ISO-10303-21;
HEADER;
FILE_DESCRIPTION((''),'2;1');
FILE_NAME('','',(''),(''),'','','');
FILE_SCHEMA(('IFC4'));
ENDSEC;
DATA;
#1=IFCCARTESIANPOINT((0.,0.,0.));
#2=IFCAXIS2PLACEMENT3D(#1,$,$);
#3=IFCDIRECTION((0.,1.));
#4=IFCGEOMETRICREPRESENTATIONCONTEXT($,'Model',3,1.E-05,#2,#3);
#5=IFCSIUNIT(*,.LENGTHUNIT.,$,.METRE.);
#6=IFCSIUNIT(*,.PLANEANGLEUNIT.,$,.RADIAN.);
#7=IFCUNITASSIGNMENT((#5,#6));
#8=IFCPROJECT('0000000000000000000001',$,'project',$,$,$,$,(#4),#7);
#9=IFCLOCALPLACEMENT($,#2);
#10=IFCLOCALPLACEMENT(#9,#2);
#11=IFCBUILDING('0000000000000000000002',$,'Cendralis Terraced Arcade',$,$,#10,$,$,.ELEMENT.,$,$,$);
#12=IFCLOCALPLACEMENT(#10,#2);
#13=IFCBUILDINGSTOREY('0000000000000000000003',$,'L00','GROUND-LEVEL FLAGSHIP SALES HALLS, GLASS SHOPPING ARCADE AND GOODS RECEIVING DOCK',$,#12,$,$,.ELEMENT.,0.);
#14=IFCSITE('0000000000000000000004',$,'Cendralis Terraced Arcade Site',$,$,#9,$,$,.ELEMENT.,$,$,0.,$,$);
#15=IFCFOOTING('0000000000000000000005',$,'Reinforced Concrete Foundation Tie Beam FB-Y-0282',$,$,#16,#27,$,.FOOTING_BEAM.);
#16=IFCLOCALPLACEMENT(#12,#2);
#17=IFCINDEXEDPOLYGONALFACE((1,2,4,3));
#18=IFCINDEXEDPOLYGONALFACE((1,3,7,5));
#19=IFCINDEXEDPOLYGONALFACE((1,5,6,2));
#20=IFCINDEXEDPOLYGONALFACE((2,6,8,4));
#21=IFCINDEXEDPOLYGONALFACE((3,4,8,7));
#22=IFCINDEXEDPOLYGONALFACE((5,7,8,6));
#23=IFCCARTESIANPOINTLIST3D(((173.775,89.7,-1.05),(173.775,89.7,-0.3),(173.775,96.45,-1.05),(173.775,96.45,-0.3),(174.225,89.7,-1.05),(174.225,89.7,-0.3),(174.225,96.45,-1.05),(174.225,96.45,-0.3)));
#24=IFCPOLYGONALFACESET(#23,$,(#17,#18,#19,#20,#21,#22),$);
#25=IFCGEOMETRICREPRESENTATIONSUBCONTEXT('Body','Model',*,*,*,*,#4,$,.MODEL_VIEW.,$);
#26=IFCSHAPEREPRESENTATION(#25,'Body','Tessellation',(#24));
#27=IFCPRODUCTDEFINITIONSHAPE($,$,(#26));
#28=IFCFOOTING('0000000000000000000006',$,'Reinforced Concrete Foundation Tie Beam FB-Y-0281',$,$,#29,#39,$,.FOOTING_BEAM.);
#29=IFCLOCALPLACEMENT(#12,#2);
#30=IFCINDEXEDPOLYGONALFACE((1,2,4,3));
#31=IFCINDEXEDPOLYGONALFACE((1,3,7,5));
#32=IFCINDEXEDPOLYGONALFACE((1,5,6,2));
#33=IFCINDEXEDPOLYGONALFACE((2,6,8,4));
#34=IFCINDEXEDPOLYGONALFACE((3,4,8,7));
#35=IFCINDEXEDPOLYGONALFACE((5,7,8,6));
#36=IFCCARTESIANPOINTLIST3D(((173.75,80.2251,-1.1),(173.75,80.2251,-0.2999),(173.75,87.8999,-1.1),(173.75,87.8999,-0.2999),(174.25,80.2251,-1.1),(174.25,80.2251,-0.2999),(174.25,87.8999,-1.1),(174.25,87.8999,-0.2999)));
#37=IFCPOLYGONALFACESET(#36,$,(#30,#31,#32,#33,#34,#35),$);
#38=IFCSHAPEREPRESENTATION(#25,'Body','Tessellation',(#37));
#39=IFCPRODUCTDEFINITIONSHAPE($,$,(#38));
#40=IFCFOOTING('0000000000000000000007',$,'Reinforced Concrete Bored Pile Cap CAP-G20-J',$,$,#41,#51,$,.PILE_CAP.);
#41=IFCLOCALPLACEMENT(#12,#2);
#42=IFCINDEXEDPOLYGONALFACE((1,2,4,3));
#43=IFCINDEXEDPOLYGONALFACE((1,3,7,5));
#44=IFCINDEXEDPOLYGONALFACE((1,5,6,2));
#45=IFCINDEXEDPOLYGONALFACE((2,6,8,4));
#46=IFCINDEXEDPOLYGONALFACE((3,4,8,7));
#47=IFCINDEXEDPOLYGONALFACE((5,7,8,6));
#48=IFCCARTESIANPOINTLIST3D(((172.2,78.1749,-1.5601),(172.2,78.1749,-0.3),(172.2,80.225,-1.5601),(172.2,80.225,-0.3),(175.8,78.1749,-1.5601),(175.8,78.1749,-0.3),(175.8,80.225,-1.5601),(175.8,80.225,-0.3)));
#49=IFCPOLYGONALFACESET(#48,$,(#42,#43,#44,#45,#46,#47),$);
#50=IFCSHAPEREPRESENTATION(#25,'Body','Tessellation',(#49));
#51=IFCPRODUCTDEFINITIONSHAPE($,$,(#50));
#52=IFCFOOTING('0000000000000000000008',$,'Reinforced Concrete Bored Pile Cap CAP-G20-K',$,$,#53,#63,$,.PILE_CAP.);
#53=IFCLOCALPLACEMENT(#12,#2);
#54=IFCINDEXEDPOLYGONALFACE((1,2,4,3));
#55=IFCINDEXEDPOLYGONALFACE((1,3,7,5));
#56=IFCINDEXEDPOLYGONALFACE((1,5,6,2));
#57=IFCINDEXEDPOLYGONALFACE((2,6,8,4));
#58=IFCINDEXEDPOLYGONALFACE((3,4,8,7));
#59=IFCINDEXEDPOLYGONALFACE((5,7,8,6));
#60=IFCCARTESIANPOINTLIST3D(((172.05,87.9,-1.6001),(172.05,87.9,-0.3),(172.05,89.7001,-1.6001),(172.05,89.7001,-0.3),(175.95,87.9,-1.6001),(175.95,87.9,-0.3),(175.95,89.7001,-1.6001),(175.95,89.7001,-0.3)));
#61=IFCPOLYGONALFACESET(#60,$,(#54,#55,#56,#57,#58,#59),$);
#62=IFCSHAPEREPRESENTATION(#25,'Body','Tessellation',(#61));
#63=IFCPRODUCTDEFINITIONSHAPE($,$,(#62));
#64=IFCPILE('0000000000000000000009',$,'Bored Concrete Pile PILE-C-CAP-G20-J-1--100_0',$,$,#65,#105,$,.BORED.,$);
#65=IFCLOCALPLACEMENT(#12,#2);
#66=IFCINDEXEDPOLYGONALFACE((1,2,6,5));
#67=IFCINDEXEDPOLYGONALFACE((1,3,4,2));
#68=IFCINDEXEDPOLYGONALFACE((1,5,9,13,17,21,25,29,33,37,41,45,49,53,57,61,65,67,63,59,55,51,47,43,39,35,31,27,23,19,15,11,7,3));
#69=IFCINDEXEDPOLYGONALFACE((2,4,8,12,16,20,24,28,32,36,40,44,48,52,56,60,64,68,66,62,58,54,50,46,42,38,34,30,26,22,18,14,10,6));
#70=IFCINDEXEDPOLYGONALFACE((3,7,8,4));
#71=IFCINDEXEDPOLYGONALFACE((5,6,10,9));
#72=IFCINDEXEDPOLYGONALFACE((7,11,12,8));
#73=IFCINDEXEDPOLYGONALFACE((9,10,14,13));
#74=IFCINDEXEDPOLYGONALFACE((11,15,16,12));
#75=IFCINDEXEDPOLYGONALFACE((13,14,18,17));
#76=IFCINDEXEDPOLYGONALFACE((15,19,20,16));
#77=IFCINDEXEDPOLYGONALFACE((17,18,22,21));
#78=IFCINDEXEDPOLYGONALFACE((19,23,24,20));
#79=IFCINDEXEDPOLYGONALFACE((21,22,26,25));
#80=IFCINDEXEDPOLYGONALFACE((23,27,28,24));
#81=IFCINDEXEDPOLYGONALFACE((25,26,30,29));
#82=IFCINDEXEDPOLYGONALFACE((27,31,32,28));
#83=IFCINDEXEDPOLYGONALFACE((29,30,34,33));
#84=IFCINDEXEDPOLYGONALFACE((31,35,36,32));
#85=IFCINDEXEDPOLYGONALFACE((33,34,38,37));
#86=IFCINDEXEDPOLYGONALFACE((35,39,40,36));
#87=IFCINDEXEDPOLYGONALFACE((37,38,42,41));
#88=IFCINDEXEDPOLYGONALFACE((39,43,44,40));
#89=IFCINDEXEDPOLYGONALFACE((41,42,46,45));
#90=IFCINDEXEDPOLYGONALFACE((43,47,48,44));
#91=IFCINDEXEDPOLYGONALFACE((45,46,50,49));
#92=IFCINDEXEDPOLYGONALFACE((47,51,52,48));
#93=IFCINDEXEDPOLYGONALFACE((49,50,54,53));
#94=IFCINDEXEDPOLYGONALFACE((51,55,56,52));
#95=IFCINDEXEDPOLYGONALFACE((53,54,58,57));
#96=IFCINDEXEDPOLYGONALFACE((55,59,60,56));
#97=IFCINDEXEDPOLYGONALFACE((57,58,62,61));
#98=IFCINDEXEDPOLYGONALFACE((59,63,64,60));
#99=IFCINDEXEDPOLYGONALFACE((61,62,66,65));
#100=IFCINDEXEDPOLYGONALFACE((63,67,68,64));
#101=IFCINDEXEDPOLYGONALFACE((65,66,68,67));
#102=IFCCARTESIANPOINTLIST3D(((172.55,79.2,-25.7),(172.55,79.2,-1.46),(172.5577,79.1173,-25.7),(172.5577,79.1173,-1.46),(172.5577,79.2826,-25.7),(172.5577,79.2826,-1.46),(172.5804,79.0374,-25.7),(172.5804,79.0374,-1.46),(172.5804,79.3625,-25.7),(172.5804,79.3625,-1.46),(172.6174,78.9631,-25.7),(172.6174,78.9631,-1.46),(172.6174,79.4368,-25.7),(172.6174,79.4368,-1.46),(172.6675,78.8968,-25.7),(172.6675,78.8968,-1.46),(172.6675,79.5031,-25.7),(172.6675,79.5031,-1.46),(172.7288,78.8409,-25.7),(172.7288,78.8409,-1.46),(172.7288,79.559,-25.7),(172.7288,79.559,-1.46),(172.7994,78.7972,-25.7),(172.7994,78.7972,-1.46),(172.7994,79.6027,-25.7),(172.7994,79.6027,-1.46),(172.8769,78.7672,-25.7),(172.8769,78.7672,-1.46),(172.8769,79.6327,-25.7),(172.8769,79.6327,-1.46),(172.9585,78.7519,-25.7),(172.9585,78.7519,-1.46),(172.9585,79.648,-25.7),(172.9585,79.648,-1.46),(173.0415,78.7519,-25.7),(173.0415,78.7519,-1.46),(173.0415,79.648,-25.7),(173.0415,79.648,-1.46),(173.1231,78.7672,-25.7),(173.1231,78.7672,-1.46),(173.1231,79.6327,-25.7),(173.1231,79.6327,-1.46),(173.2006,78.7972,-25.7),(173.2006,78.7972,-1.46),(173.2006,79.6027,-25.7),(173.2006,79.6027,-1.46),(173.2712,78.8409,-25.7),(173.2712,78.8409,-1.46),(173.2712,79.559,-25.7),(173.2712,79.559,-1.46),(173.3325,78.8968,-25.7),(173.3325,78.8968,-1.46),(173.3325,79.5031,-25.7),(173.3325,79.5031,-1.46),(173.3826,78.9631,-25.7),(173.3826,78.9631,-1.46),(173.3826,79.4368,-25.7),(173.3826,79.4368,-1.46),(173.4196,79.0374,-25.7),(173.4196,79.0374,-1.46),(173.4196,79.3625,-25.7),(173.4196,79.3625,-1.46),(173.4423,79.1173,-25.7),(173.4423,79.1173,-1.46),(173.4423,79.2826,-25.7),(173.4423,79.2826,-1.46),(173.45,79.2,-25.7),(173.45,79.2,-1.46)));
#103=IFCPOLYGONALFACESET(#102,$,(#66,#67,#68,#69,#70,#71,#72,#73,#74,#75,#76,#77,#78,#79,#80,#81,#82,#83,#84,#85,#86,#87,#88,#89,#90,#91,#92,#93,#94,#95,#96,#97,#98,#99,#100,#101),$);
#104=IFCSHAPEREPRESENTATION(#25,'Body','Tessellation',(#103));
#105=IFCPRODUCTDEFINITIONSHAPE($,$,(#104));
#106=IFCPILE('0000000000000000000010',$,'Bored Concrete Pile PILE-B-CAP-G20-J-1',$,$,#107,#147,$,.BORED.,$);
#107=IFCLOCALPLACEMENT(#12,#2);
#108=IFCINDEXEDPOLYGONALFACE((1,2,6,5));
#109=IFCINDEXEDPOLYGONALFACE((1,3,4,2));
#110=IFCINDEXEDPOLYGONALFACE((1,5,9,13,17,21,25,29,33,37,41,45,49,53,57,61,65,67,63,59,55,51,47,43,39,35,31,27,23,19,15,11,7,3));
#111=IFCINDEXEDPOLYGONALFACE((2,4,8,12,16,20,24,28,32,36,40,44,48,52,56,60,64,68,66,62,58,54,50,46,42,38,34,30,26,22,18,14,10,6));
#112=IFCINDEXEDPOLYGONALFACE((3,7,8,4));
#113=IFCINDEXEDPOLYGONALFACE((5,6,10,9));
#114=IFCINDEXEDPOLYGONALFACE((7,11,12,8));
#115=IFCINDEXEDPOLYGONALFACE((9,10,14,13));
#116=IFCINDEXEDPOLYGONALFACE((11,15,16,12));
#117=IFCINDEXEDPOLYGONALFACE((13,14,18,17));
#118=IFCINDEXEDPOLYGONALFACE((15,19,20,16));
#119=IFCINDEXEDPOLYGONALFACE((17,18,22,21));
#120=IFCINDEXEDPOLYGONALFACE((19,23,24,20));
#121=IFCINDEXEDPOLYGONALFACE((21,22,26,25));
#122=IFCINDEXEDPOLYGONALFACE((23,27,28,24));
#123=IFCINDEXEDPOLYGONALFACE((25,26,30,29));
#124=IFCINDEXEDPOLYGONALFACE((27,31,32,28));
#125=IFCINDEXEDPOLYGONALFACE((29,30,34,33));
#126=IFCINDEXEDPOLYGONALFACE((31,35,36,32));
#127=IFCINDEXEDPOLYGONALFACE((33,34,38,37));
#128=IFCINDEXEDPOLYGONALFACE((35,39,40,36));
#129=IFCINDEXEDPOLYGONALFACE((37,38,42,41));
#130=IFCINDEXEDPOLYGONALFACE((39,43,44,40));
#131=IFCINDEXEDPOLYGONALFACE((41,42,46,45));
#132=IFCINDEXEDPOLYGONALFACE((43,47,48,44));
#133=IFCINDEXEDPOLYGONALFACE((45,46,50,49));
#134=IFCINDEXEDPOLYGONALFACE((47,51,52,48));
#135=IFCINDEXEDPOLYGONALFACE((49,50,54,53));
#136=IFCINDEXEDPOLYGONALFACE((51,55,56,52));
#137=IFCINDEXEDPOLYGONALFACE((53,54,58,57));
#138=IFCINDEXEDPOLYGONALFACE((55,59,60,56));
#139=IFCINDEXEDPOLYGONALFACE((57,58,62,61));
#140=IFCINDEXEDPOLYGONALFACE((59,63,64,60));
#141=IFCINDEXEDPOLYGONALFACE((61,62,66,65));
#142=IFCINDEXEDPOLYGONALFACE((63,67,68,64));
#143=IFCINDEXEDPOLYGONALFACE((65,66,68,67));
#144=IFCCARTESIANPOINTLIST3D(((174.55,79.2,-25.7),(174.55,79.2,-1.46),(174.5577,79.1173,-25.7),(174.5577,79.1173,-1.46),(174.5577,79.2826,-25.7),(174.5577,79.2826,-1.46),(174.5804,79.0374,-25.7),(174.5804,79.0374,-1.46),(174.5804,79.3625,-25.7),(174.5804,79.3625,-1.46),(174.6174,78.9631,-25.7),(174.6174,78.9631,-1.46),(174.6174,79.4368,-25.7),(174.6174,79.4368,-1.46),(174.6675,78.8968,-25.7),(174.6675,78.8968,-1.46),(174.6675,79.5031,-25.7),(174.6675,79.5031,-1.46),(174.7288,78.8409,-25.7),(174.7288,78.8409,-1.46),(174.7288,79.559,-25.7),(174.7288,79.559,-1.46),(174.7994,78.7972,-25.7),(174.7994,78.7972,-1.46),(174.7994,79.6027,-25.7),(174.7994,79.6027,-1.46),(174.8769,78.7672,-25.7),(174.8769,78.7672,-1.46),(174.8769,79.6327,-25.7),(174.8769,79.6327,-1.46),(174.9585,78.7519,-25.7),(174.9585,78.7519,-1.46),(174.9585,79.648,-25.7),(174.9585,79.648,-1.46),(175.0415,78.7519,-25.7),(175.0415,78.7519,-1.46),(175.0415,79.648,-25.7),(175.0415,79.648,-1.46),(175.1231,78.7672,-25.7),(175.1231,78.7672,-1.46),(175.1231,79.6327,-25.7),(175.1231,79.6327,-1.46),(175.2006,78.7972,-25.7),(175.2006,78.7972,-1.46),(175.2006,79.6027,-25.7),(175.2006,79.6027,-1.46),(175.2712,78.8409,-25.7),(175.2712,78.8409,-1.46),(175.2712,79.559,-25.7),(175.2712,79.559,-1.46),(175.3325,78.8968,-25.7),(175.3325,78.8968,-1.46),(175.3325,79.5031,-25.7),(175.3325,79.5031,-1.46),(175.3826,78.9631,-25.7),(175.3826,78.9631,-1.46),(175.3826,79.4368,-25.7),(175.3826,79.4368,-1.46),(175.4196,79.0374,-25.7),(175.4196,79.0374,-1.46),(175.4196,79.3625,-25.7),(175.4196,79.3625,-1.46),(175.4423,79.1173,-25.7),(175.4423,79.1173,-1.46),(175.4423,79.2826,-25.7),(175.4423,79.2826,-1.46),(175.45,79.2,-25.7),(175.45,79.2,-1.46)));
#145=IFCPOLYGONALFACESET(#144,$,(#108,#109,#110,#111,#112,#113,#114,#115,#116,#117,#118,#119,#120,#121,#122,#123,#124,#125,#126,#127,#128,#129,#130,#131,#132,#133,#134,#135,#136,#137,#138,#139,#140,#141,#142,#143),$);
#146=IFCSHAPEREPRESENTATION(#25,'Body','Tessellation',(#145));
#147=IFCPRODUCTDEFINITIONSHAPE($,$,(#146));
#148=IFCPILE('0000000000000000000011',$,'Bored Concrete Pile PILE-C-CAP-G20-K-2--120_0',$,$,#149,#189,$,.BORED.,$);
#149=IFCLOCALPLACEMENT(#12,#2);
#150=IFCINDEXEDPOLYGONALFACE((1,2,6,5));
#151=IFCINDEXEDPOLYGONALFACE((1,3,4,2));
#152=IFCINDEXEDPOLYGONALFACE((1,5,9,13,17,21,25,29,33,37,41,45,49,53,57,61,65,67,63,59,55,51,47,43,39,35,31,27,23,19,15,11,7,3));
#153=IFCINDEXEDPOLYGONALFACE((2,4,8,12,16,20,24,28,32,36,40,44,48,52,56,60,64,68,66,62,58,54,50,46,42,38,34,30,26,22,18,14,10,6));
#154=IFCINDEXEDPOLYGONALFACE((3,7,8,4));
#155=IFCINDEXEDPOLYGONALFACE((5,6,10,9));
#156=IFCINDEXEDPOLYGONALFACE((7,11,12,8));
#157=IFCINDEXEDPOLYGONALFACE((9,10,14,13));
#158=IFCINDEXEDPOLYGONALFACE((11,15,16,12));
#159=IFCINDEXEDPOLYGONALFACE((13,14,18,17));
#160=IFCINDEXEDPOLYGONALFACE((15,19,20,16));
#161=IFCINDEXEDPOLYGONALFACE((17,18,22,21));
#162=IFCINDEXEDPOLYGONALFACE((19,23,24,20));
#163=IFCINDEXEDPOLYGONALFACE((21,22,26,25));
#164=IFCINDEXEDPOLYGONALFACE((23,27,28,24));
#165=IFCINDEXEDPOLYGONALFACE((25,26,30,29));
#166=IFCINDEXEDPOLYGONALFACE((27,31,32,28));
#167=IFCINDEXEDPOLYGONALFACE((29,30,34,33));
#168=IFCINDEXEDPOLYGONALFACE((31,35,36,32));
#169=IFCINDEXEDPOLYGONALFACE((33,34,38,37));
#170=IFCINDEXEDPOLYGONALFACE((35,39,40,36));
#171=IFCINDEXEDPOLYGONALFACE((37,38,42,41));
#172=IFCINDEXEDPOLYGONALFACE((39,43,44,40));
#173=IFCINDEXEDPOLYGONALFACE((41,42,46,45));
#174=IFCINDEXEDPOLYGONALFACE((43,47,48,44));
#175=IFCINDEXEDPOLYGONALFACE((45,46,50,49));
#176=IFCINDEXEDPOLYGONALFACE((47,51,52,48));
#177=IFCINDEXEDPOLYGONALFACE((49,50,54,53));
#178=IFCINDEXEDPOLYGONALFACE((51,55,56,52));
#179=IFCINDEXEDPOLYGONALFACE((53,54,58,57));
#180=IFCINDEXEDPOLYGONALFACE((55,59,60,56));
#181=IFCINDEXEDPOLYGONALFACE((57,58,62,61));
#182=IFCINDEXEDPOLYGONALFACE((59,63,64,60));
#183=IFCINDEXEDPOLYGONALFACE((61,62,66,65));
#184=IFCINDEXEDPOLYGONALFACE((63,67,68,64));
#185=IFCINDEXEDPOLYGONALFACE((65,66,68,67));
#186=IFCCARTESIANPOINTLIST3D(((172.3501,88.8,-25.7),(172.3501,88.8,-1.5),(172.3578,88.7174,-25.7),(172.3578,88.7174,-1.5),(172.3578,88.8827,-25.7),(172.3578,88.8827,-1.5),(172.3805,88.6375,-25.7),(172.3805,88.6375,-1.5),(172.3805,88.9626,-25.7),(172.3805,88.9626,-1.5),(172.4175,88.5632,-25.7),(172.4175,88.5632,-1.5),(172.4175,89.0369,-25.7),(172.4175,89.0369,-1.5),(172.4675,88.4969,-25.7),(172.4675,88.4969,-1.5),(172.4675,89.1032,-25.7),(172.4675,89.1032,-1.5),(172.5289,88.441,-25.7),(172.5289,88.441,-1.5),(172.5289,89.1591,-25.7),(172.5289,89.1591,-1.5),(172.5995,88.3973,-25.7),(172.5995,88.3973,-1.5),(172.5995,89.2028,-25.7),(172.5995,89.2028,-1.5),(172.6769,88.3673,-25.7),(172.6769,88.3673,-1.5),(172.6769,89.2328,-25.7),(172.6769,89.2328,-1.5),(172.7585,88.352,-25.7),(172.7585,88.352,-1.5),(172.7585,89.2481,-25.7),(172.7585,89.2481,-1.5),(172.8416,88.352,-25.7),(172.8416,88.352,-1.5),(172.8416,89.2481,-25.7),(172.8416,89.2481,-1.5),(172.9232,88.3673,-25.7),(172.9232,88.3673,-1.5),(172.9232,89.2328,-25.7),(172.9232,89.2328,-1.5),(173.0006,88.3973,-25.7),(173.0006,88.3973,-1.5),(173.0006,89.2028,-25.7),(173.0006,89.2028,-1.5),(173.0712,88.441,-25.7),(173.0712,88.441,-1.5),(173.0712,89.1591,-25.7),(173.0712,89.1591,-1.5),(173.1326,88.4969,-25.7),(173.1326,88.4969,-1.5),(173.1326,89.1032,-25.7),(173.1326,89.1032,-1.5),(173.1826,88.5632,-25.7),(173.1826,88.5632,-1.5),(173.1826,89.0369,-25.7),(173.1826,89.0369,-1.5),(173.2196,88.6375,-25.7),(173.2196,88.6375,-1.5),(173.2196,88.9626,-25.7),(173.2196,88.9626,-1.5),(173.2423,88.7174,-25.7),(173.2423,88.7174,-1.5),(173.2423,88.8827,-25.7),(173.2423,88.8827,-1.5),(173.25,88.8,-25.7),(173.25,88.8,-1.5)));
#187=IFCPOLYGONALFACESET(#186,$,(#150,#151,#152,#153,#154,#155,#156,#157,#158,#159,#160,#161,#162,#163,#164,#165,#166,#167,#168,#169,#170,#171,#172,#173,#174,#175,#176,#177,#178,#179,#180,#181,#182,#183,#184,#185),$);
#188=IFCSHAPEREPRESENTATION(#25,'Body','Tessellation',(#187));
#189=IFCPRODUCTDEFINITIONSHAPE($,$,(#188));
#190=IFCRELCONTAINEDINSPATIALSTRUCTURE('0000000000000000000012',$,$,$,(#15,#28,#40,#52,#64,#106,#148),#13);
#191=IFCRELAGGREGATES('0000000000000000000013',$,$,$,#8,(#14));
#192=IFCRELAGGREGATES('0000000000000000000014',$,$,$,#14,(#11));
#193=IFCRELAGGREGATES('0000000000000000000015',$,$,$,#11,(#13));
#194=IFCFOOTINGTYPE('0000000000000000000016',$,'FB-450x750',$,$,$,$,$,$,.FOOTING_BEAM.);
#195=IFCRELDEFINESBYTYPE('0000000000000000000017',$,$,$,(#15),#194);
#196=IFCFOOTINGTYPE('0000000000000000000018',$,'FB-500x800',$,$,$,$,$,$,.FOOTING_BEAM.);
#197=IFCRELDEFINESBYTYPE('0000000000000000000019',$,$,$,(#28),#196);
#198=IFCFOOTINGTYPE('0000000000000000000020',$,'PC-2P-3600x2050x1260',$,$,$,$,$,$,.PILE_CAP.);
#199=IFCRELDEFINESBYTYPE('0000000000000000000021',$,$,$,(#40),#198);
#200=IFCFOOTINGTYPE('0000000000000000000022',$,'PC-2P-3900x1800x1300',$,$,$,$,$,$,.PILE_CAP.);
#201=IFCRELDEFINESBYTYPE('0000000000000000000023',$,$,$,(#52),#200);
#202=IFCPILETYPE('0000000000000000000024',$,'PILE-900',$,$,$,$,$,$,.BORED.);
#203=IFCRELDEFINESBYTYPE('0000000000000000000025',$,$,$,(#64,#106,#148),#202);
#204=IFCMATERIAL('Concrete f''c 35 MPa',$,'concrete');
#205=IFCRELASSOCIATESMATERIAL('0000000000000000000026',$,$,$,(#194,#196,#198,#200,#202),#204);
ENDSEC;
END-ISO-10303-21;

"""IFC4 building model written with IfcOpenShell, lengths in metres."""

from ifc_helpers import new_model, si_unit, direction, frame, origin, origin_2d, place, context, subcontext, project, spatial, rectangle, circle, extrude, material, material_profile, profile_set, type_object, element, save


model = new_model("IFC4")

# Units and contexts
model_context = context("Model", 3, precision=1e-05, world=origin(), true_north=direction((0.0, 1.0)))
body_context = subcontext(model_context, "Body", "Model", "MODEL_VIEW")
ifc_project = project(units=[si_unit("LENGTHUNIT", "METRE"), si_unit("PLANEANGLEUNIT", "RADIAN")], contexts=[model_context])

# Site, building, storey
site_placement = place(None, origin())
site = spatial("IfcSite", under=ifc_project, at=site_placement, Name="Cendralis Terraced Arcade Site", CompositionType="ELEMENT", RefElevation=0.0)
building_placement = place(site_placement, origin())
building = spatial("IfcBuilding", under=site, at=building_placement, Name="Cendralis Terraced Arcade", CompositionType="ELEMENT")
storey_placement = place(building_placement, origin())
storey = spatial("IfcBuildingStorey", under=building, at=storey_placement, Name="L00", Description="GROUND-LEVEL FLAGSHIP SALES HALLS, GLASS SHOPPING ARCADE AND GOODS RECEIVING DOCK", CompositionType="ELEMENT", Elevation=0.0)

# Footings
ifc_material_1 = material(Name="Concrete f'c 35 MPa", Category="concrete")
ifc_material_profile_1 = material_profile(ifc_material_1, rectangle(XDim=0.45, YDim=0.75, at=origin_2d()), Name="FB-450x750", Category="LoadBearing")
ifc_profile_set_1 = profile_set([ifc_material_profile_1], Name="Concrete f'c 35 MPa")
footing_type_1 = type_object("IfcFootingType", Name="FB-450x750", PredefinedType="FOOTING_BEAM", material=ifc_profile_set_1)
footing_1_placement = place(storey_placement, frame((174.0, 89.7, -0.675), z_axis=(0.0, 1.0, 0.0), x_axis=(-1.0, 0.0, 0.0)))
element("IfcFooting", 1, at=footing_1_placement, inside=storey, type_object=footing_type_1, Name="Reinforced Concrete Foundation Tie Beam FB-Y-0282", PredefinedType="FOOTING_BEAM", context=body_context, shape_type="SweptSolid", body=[
    extrude(rectangle(XDim=0.45, YDim=0.75, at=origin_2d()), origin(), (0.0, 0.0, 1.0), 6.75),
])
ifc_material_profile_2 = material_profile(ifc_material_1, rectangle(XDim=0.5, YDim=0.8, at=origin_2d()), Name="FB-500x800", Category="LoadBearing")
ifc_profile_set_2 = profile_set([ifc_material_profile_2], Name="Concrete f'c 35 MPa")
footing_type_2 = type_object("IfcFootingType", Name="FB-500x800", PredefinedType="FOOTING_BEAM", material=ifc_profile_set_2)
footing_2_placement = place(storey_placement, frame((174.0, 80.2251, -0.7), z_axis=(0.0, 1.0, 0.0), x_axis=(-1.0, 0.0, 0.0)))
element("IfcFooting", 2, at=footing_2_placement, inside=storey, type_object=footing_type_2, Name="Reinforced Concrete Foundation Tie Beam FB-Y-0281", PredefinedType="FOOTING_BEAM", context=body_context, shape_type="SweptSolid", body=[
    extrude(rectangle(XDim=0.5, YDim=0.8, at=origin_2d()), origin(), (0.0, 0.0, 1.0), 7.6748),
])
footing_type_3 = type_object("IfcFootingType", Name="PC-2P-3600x2050x1260", PredefinedType="PILE_CAP", material=ifc_material_1)
footing_3_placement = place(storey_placement, frame((174.0, 79.2, -1.5601), z_axis=(0.0, 0.0, 1.0), x_axis=(1.0, 0.0, 0.0)))
element("IfcFooting", 3, at=footing_3_placement, inside=storey, type_object=footing_type_3, Name="Reinforced Concrete Bored Pile Cap CAP-G20-J", PredefinedType="PILE_CAP", context=body_context, shape_type="SweptSolid", body=[
    extrude(rectangle(XDim=3.6001, YDim=2.05, at=origin_2d()), origin(), (0.0, 0.0, 1.0), 1.26),
])
footing_type_4 = type_object("IfcFootingType", Name="PC-2P-3900x1800x1300", PredefinedType="PILE_CAP", material=ifc_material_1)
footing_4_placement = place(storey_placement, frame((174.0, 88.8, -1.6001), z_axis=(0.0, 0.0, 1.0), x_axis=(1.0, 0.0, 0.0)))
element("IfcFooting", 4, at=footing_4_placement, inside=storey, type_object=footing_type_4, Name="Reinforced Concrete Bored Pile Cap CAP-G20-K", PredefinedType="PILE_CAP", context=body_context, shape_type="SweptSolid", body=[
    extrude(rectangle(XDim=3.8999, YDim=1.8, at=origin_2d()), origin(), (0.0, 0.0, 1.0), 1.3),
])

# Piles
ifc_material_profile_3 = material_profile(ifc_material_1, circle(Radius=0.45, at=origin_2d()), Name="PILE-D900", Category="LoadBearing")
ifc_profile_set_3 = profile_set([ifc_material_profile_3], Name="Concrete f'c 35 MPa")
pile_type = type_object("IfcPileType", Name="PILE-900", PredefinedType="BORED", material=ifc_profile_set_3)
for number, where, z_axis, x_axis, name in (
    (5, (173.0, 79.2, -1.46), (0.0, 0.0, -1.0), (1.0, 0.0, 0.0), "Bored Concrete Pile PILE-C-CAP-G20-J-1--100_0"),
    (6, (175.0, 79.2, -1.46), (0.0, 0.0, -1.0), (1.0, 0.0, 0.0), "Bored Concrete Pile PILE-B-CAP-G20-J-1"),
):
    element("IfcPile", number, at=place(storey_placement, frame(where, z_axis=z_axis, x_axis=x_axis)), inside=storey, type_object=pile_type, Name=name, PredefinedType="BORED", context=body_context, shape_type="SweptSolid", body=[
        extrude(circle(Radius=0.45, at=origin_2d()), origin(), (0.0, 0.0, 1.0), 24.24),
    ])
for number, where, z_axis, x_axis, name in (
    (7, (172.8, 88.8, -1.5), (0.0, 0.0, -1.0), (1.0, 0.0, 0.0), "Bored Concrete Pile PILE-C-CAP-G20-K-2--120_0"),
):
    element("IfcPile", number, at=place(storey_placement, frame(where, z_axis=z_axis, x_axis=x_axis)), inside=storey, type_object=pile_type, Name=name, PredefinedType="BORED", context=body_context, shape_type="SweptSolid", body=[
        extrude(circle(Radius=0.45, at=origin_2d()), origin(), (0.0, 0.0, 1.0), 24.2),
    ])

save(model, "model.ifc")
